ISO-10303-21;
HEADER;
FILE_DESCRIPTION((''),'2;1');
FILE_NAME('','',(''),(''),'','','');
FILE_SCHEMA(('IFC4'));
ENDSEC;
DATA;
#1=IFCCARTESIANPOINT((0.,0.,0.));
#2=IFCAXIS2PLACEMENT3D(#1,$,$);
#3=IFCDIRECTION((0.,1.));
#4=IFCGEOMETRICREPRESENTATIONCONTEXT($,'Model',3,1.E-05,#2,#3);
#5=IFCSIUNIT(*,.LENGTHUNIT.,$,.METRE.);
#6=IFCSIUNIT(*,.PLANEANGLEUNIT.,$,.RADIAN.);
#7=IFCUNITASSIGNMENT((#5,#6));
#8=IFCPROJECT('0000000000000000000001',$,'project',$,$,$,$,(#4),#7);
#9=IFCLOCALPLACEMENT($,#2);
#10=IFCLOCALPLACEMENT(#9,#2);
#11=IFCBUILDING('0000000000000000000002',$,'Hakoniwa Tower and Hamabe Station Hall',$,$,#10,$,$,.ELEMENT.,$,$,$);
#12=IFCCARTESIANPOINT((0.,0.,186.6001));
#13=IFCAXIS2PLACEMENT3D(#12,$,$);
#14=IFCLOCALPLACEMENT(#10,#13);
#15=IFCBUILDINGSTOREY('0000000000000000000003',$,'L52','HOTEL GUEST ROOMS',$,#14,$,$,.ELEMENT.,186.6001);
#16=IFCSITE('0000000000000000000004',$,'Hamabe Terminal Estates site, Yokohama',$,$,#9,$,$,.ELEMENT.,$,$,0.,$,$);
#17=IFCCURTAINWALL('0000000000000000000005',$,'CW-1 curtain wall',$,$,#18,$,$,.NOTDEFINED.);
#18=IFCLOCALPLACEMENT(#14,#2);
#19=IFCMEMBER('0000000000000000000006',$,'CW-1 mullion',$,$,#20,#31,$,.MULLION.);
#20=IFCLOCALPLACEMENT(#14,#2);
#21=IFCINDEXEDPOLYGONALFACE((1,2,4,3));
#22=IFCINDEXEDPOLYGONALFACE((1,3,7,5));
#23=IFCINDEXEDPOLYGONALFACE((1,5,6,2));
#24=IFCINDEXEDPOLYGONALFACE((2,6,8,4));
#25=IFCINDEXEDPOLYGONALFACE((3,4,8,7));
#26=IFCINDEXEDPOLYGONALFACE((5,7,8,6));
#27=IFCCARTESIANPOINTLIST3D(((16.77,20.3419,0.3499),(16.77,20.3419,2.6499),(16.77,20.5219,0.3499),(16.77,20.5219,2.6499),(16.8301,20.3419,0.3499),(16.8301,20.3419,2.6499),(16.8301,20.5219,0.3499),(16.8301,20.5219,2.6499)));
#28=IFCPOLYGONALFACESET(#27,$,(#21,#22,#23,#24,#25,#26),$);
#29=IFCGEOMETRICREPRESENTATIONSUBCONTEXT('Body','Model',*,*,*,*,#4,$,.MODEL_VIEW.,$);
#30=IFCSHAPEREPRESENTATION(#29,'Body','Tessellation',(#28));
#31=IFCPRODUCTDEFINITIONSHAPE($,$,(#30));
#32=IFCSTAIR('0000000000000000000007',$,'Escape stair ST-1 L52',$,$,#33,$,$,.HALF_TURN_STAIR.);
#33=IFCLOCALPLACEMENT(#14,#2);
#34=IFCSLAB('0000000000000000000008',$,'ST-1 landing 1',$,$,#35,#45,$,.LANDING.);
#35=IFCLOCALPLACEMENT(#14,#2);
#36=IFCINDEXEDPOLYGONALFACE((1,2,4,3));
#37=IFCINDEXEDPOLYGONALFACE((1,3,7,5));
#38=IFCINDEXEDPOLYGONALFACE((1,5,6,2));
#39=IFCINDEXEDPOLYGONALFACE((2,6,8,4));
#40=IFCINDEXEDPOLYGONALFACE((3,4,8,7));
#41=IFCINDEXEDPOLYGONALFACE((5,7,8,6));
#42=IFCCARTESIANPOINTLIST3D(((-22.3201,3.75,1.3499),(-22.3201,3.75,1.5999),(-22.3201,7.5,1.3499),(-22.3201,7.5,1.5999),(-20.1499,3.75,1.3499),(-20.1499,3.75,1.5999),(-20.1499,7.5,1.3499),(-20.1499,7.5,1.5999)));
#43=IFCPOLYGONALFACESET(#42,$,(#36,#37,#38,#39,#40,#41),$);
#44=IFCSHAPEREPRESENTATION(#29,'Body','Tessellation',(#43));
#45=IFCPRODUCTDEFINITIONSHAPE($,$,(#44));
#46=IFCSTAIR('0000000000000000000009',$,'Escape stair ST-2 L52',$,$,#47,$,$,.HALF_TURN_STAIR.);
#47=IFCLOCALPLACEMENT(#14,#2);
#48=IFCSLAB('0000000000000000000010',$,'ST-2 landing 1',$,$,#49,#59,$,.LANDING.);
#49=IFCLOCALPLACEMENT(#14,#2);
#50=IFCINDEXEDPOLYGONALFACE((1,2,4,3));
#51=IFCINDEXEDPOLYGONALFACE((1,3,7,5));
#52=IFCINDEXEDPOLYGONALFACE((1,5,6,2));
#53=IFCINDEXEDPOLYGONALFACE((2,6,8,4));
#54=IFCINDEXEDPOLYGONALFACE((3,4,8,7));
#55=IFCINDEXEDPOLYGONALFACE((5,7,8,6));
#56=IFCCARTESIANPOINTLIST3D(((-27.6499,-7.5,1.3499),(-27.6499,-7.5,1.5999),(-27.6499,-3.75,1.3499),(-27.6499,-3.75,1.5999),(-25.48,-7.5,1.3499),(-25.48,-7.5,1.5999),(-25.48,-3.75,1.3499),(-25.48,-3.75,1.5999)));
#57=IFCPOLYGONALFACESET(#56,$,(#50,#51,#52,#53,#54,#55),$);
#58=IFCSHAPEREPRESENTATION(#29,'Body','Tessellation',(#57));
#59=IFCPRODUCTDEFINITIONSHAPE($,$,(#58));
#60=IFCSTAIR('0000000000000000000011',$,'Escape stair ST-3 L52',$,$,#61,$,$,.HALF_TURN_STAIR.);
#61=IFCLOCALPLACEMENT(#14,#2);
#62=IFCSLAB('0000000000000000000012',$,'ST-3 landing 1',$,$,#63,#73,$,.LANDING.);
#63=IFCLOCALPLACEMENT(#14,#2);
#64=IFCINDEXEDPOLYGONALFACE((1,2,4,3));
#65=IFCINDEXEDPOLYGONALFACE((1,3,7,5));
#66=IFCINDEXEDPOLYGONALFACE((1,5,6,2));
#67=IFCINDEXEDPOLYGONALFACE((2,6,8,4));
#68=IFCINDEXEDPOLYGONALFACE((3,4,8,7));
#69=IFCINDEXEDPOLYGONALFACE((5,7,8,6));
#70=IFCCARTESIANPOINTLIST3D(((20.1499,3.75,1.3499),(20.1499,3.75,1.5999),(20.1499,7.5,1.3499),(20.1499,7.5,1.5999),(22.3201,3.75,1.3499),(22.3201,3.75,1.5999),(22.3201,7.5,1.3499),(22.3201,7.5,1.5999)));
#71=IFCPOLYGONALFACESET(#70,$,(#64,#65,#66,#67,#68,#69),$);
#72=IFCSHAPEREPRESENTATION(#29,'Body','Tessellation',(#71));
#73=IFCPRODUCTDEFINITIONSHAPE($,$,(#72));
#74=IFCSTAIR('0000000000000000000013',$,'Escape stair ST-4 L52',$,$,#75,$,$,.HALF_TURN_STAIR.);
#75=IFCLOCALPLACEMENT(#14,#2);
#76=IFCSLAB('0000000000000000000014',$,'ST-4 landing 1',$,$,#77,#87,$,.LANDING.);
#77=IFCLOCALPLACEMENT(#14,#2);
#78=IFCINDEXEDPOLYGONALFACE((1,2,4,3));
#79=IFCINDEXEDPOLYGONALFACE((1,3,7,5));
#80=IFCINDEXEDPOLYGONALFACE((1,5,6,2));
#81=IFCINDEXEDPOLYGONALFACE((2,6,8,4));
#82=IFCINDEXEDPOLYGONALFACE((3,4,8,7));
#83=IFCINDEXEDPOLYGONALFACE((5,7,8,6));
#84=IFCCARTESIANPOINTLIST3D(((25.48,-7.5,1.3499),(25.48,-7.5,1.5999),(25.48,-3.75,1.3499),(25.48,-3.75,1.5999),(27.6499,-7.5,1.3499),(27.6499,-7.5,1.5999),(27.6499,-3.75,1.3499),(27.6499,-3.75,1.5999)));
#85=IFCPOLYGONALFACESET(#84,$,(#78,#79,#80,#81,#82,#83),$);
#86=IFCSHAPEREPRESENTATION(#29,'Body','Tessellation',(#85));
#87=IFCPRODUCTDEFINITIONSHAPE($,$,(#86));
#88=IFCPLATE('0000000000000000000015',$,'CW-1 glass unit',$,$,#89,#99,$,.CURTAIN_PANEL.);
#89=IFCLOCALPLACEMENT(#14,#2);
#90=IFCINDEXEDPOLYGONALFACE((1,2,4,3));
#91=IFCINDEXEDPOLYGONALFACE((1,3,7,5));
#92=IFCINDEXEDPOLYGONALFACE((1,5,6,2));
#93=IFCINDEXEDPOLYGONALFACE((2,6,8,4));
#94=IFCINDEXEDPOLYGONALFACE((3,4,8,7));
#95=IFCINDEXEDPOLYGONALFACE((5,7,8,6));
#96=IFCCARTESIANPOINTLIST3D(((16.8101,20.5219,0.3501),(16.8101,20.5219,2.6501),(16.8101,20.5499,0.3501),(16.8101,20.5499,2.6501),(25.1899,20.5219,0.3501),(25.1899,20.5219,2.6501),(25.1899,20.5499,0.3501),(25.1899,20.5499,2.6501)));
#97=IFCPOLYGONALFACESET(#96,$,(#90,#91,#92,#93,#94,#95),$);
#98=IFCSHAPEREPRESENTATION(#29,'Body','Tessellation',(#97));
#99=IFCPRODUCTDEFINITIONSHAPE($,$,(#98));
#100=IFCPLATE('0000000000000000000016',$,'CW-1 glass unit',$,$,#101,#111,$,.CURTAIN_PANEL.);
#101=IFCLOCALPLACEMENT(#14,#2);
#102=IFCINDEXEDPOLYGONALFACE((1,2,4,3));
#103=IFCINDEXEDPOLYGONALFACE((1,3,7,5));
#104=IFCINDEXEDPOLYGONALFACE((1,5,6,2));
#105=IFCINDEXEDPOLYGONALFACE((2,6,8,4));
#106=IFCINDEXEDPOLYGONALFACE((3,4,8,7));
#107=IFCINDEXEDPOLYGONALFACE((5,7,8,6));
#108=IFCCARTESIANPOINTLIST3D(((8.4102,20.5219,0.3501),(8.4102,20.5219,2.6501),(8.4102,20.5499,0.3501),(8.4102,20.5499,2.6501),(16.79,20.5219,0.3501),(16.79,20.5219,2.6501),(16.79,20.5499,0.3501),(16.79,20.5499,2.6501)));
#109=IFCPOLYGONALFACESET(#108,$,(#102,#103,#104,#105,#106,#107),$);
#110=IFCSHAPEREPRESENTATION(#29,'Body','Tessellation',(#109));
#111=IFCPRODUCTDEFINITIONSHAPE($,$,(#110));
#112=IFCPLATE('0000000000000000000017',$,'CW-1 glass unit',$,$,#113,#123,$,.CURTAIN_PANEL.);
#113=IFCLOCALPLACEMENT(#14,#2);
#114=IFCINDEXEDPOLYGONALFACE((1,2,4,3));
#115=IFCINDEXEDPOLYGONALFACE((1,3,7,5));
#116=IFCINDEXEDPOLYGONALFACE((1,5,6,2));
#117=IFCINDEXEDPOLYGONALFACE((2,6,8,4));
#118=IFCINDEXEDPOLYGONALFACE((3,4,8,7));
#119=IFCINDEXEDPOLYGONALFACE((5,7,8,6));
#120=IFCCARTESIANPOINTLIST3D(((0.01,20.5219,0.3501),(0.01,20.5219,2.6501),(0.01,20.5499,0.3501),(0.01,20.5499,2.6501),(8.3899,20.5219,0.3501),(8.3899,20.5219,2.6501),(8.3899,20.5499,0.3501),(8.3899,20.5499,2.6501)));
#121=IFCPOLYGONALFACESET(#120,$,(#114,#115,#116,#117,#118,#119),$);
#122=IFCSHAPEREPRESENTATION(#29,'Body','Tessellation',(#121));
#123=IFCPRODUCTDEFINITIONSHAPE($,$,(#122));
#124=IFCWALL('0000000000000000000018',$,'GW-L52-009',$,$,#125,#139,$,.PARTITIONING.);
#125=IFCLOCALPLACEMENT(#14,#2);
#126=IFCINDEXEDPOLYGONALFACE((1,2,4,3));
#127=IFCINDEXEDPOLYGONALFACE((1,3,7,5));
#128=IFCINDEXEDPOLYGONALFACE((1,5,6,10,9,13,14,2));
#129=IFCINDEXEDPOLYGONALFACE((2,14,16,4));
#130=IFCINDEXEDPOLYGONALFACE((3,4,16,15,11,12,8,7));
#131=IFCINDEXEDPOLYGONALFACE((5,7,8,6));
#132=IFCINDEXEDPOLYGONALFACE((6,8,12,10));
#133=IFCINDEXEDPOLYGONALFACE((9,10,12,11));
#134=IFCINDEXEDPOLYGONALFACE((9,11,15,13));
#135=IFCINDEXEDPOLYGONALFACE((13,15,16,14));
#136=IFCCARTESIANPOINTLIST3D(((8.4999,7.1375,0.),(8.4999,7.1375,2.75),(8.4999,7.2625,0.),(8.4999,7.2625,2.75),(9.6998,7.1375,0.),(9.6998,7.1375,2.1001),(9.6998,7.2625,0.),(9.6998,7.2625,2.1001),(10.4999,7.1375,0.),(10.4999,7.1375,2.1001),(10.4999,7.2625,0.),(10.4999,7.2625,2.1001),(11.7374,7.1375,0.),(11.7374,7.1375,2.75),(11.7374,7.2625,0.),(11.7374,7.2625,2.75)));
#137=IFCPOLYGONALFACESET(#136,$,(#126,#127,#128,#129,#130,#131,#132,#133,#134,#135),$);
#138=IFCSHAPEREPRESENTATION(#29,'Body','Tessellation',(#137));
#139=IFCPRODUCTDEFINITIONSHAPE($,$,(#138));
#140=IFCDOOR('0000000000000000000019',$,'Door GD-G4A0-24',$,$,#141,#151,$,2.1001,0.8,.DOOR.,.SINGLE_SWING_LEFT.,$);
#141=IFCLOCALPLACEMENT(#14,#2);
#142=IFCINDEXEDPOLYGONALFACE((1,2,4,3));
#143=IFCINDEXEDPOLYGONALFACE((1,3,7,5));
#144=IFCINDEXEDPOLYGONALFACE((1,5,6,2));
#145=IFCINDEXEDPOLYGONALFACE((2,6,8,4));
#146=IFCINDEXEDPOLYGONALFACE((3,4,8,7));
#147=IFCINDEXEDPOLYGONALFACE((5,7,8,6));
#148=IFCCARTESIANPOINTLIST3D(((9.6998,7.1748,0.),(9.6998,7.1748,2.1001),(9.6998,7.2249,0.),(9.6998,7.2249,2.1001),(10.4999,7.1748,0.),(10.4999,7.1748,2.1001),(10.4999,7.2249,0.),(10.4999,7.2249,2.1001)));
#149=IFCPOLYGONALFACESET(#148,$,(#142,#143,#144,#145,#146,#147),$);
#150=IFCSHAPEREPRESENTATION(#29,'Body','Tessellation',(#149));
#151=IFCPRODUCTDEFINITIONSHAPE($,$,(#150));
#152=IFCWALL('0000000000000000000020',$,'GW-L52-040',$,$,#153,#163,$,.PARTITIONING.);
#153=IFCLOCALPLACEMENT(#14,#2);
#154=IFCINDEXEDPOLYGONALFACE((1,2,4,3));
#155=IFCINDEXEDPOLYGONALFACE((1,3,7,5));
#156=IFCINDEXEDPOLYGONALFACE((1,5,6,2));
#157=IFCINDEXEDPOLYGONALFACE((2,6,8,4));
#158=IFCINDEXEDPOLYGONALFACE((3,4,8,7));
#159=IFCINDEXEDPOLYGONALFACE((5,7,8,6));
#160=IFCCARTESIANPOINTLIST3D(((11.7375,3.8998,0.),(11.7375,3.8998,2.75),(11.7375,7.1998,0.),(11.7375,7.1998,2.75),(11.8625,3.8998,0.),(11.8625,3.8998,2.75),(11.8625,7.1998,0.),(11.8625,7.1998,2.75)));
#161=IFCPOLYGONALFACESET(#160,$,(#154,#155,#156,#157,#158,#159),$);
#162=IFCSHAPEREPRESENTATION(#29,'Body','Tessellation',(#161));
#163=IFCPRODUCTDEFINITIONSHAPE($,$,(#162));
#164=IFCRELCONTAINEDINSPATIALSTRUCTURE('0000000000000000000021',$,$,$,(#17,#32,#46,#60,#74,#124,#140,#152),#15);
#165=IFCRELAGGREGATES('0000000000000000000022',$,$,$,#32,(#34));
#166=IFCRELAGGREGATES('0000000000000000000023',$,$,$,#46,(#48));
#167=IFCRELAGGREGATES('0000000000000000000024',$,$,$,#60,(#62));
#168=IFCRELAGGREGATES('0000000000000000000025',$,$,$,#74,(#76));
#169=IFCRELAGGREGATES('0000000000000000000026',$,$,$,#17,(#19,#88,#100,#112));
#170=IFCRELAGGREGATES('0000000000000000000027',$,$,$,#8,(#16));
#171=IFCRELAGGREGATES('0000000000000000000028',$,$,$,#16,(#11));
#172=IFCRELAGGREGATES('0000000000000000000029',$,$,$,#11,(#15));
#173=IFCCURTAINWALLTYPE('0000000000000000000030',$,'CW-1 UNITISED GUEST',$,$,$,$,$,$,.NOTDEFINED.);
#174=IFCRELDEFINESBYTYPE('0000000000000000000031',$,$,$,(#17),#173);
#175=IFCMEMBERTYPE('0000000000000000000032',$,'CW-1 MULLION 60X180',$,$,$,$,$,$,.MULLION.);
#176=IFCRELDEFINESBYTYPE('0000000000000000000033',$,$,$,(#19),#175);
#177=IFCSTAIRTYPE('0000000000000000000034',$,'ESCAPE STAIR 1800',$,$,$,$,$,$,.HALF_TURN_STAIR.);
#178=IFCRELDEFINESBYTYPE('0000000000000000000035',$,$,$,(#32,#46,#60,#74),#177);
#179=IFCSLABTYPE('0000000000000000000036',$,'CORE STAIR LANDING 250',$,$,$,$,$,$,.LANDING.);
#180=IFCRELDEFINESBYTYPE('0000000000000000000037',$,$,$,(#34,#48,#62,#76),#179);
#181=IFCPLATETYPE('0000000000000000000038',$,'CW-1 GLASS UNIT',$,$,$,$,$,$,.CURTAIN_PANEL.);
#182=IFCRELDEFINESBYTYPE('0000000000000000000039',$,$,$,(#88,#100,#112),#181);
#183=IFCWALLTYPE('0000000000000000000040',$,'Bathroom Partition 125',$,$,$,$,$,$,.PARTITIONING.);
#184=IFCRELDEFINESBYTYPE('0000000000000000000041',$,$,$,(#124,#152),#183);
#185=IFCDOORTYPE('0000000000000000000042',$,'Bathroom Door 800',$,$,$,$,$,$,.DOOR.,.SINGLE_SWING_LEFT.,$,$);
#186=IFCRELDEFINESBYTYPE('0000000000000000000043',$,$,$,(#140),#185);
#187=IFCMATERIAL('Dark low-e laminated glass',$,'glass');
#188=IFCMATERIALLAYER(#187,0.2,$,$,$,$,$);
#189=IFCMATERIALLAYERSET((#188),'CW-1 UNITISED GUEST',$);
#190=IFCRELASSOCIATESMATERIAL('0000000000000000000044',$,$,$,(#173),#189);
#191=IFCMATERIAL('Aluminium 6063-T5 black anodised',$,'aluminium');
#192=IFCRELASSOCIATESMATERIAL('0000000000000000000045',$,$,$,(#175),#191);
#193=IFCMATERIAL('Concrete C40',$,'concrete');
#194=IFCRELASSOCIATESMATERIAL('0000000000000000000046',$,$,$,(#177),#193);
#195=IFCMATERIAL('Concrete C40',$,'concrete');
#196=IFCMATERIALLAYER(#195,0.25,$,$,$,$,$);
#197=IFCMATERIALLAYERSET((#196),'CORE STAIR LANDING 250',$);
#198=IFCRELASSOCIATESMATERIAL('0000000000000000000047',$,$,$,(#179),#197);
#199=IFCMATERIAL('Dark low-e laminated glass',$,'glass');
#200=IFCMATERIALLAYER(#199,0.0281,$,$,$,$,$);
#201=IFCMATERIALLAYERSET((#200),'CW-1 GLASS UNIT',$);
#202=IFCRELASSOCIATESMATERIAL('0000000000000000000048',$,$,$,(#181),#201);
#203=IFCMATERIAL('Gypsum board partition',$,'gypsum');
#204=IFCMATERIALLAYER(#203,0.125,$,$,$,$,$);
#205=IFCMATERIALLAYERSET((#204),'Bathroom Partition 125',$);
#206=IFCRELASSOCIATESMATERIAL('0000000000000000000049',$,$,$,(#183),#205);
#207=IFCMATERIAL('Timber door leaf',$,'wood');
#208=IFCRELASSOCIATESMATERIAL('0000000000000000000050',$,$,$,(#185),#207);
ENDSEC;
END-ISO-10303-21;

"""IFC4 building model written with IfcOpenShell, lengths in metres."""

from ifc_helpers import new_model, si_unit, direction, frame, frame_2d, origin, origin_2d, place, context, subcontext, project, spatial, polyline, rectangle, outline, extrude, material, layer, layer_set, material_profile, profile_set, type_object, element, fill, aggregate, save


model = new_model("IFC4")

# Units and contexts
model_context = context("Model", 3, precision=1e-05, world=origin(), true_north=direction((0.0, 1.0)))
body_context = subcontext(model_context, "Body", "Model", "MODEL_VIEW")
ifc_project = project(units=[si_unit("LENGTHUNIT", "METRE"), si_unit("PLANEANGLEUNIT", "RADIAN")], contexts=[model_context])

# Site, building, storey
site_placement = place(None, origin())
site = spatial("IfcSite", under=ifc_project, at=site_placement, Name="Hamabe Terminal Estates site, Yokohama", CompositionType="ELEMENT", RefElevation=0.0)
building_placement = place(site_placement, origin())
building = spatial("IfcBuilding", under=site, at=building_placement, Name="Hakoniwa Tower and Hamabe Station Hall", CompositionType="ELEMENT")
storey_placement = place(building_placement, frame((0.0, 0.0, 186.6001)))
storey = spatial("IfcBuildingStorey", under=building, at=storey_placement, Name="L52", Description="HOTEL GUEST ROOMS", CompositionType="ELEMENT", Elevation=186.6001)

# Curtain wall, member
ifc_material_1 = material(Name="Dark low-e laminated glass", Category="glass")
ifc_layer_1 = layer(ifc_material_1, 0.2)
ifc_layer_set_1 = layer_set([ifc_layer_1], Name="CW-1 UNITISED GUEST")
curtain_wall_type = type_object("IfcCurtainWallType", Name="CW-1 UNITISED GUEST", PredefinedType="NOTDEFINED", material=ifc_layer_set_1)
curtain_wall_1_placement = place(storey_placement, origin())
curtain_wall_1 = element("IfcCurtainWall", 1, at=curtain_wall_1_placement, inside=storey, type_object=curtain_wall_type, Name="CW-1 curtain wall", PredefinedType="NOTDEFINED")
ifc_material_2 = material(Name="Aluminium 6063-T5 black anodised", Category="aluminium")
ifc_material_profile_1 = material_profile(ifc_material_2, rectangle(XDim=0.0601, YDim=0.1799, at=origin_2d()), Name="CW-1 MULLION 60X180")
ifc_profile_set_1 = profile_set([ifc_material_profile_1], Name="Aluminium 6063-T5 black anodised")
member_type_1 = type_object("IfcMemberType", Name="CW-1 MULLION 60X180", PredefinedType="MULLION", material=ifc_profile_set_1)
member_1_placement = place(storey_placement, frame((16.8, 20.4319, 0.3499), z_axis=(0.0, 0.0, 1.0), x_axis=(-1.0, 0.0, 0.0)))
member_1 = element("IfcMember", 2, at=member_1_placement, type_object=member_type_1, Name="CW-1 mullion", PredefinedType="MULLION", context=body_context, shape_type="SweptSolid", body=[
    extrude(rectangle(XDim=0.0601, YDim=0.1799, at=origin_2d()), origin(), (0.0, 0.0, 1.0), 2.3),
])

# Stairs, slabs
ifc_material_3 = material(Name="Concrete C40", Category="concrete")
stair_type = type_object("IfcStairType", Name="ESCAPE STAIR 1800", PredefinedType="HALF_TURN_STAIR", material=ifc_material_3)
stair_1_placement = place(storey_placement, origin())
stair_1 = element("IfcStair", 3, at=stair_1_placement, inside=storey, type_object=stair_type, Name="Escape stair ST-1 L52", PredefinedType="HALF_TURN_STAIR")
ifc_material_4 = material(Name="Concrete C40", Category="concrete")
ifc_layer_2 = layer(ifc_material_4, 0.25)
ifc_layer_set_2 = layer_set([ifc_layer_2], Name="CORE STAIR LANDING 250")
slab_type = type_object("IfcSlabType", Name="CORE STAIR LANDING 250", PredefinedType="LANDING", material=ifc_layer_set_2)
slab_1_placement = place(storey_placement, frame((0.0, 0.0, 1.3499)))
slab_1 = element("IfcSlab", 4, at=slab_1_placement, type_object=slab_type, Name="ST-1 landing 1", PredefinedType="LANDING", context=body_context, shape_type="SweptSolid", body=[
    extrude(outline(polyline([(-22.3201, 3.75), (-20.1499, 3.75), (-20.1499, 7.5), (-22.3201, 7.5), (-22.3201, 3.75)])), origin(), (0.0, 0.0, 1.0), 0.25),
])
aggregate(stair_1, [slab_1])
stair_2_placement = place(storey_placement, origin())
stair_2 = element("IfcStair", 5, at=stair_2_placement, inside=storey, type_object=stair_type, Name="Escape stair ST-2 L52", PredefinedType="HALF_TURN_STAIR")
slab_2_placement = place(storey_placement, frame((0.0, 0.0, 1.3499)))
slab_2 = element("IfcSlab", 6, at=slab_2_placement, type_object=slab_type, Name="ST-2 landing 1", PredefinedType="LANDING", context=body_context, shape_type="SweptSolid", body=[
    extrude(outline(polyline([(-25.48, -7.5), (-27.6499, -7.5), (-27.6499, -3.75), (-25.48, -3.75), (-25.48, -7.5)])), origin(), (0.0, 0.0, 1.0), 0.25),
])
aggregate(stair_2, [slab_2])
stair_3_placement = place(storey_placement, origin())
stair_3 = element("IfcStair", 7, at=stair_3_placement, inside=storey, type_object=stair_type, Name="Escape stair ST-3 L52", PredefinedType="HALF_TURN_STAIR")
slab_3_placement = place(storey_placement, frame((0.0, 0.0, 1.3499)))
slab_3 = element("IfcSlab", 8, at=slab_3_placement, type_object=slab_type, Name="ST-3 landing 1", PredefinedType="LANDING", context=body_context, shape_type="SweptSolid", body=[
    extrude(outline(polyline([(22.3201, 3.75), (20.1499, 3.75), (20.1499, 7.5), (22.3201, 7.5), (22.3201, 3.75)])), origin(), (0.0, 0.0, 1.0), 0.25),
])
aggregate(stair_3, [slab_3])
stair_4_placement = place(storey_placement, origin())
stair_4 = element("IfcStair", 9, at=stair_4_placement, inside=storey, type_object=stair_type, Name="Escape stair ST-4 L52", PredefinedType="HALF_TURN_STAIR")
slab_4_placement = place(storey_placement, frame((0.0, 0.0, 1.3499)))
slab_4 = element("IfcSlab", 10, at=slab_4_placement, type_object=slab_type, Name="ST-4 landing 1", PredefinedType="LANDING", context=body_context, shape_type="SweptSolid", body=[
    extrude(outline(polyline([(25.48, -7.5), (27.6499, -7.5), (27.6499, -3.75), (25.48, -3.75), (25.48, -7.5)])), origin(), (0.0, 0.0, 1.0), 0.25),
])
aggregate(stair_4, [slab_4])

# Plates
ifc_material_5 = material(Name="Dark low-e laminated glass", Category="glass")
ifc_layer_3 = layer(ifc_material_5, 0.0281)
ifc_layer_set_3 = layer_set([ifc_layer_3], Name="CW-1 GLASS UNIT")
plate_type = type_object("IfcPlateType", Name="CW-1 GLASS UNIT", PredefinedType="CURTAIN_PANEL", material=ifc_layer_set_3)
plate_1_placement = place(storey_placement, frame((21.0, 20.5359, 0.3501), z_axis=(0.0, 0.0, 1.0), x_axis=(-1.0, 0.0, 0.0)))
plate_1 = element("IfcPlate", 11, at=plate_1_placement, type_object=plate_type, Name="CW-1 glass unit", PredefinedType="CURTAIN_PANEL", context=body_context, shape_type="SweptSolid", body=[
    extrude(rectangle(XDim=8.3799, YDim=0.0281, at=origin_2d()), origin(), (0.0, 0.0, 1.0), 2.3),
])
plate_2_placement = place(storey_placement, frame((12.6001, 20.5359, 0.3501), z_axis=(0.0, 0.0, 1.0), x_axis=(-1.0, 0.0, 0.0)))
plate_2 = element("IfcPlate", 12, at=plate_2_placement, type_object=plate_type, Name="CW-1 glass unit", PredefinedType="CURTAIN_PANEL", context=body_context, shape_type="SweptSolid", body=[
    extrude(rectangle(XDim=8.3799, YDim=0.0281, at=origin_2d()), origin(), (0.0, 0.0, 1.0), 2.3),
])
plate_3_placement = place(storey_placement, frame((4.2, 20.5359, 0.3501), z_axis=(0.0, 0.0, 1.0), x_axis=(-1.0, 0.0, 0.0)))
plate_3 = element("IfcPlate", 13, at=plate_3_placement, type_object=plate_type, Name="CW-1 glass unit", PredefinedType="CURTAIN_PANEL", context=body_context, shape_type="SweptSolid", body=[
    extrude(rectangle(XDim=8.3799, YDim=0.0281, at=origin_2d()), origin(), (0.0, 0.0, 1.0), 2.3),
])
aggregate(curtain_wall_1, [member_1, plate_1, plate_2, plate_3])

# Wall, opening, door
ifc_material_6 = material(Name="Gypsum board partition", Category="gypsum")
ifc_layer_4 = layer(ifc_material_6, 0.125)
ifc_layer_set_4 = layer_set([ifc_layer_4], Name="Bathroom Partition 125")
wall_type_1 = type_object("IfcWallType", Name="Bathroom Partition 125", PredefinedType="PARTITIONING", material=ifc_layer_set_4)
wall_1_placement = place(storey_placement, frame((8.5, 7.2, 0.0), z_axis=(0.0, 0.0, 1.0), x_axis=(1.0, 0.0, 0.0)))
wall_1 = element("IfcWall", 14, at=wall_1_placement, inside=storey, type_object=wall_type_1, Name="GW-L52-009", PredefinedType="PARTITIONING", context=body_context, shape_type="SweptSolid", body=[
    extrude(rectangle(XDim=3.2375, YDim=0.125, at=frame_2d((1.6187, 0.0))), origin(), (0.0, 0.0, 1.0), 2.75),
])
opening_1_placement = place(wall_1_placement, frame((1.2, 0.0, 0.0)))
opening_1 = element("IfcOpeningElement", 15, at=opening_1_placement, cuts=wall_1, PredefinedType="OPENING", context=body_context, shape_type="SweptSolid", body=[
    extrude(rectangle(XDim=0.8, YDim=2.1001, at=frame_2d((0.3999, 1.05))), frame((0.0, 0.0725, 0.0), z_axis=(0.0, -1.0, 0.0), x_axis=(1.0, 0.0, 0.0)), (0.0, 0.0, 1.0), 0.145),
])
ifc_material_7 = material(Name="Timber door leaf", Category="wood")
door_type_1 = type_object("IfcDoorType", Name="Bathroom Door 800", OperationType="SINGLE_SWING_LEFT", PredefinedType="DOOR", material=ifc_material_7)
door_1_placement = place(opening_1_placement, origin())
door_1 = element("IfcDoor", 16, at=door_1_placement, inside=storey, type_object=door_type_1, Name="Door GD-G4A0-24", OperationType="SINGLE_SWING_LEFT", OverallHeight=2.1001, OverallWidth=0.8, PredefinedType="DOOR", context=body_context, shape_type="SweptSolid", body=[
    extrude(rectangle(XDim=0.8, YDim=2.1001, at=frame_2d((0.3999, 1.05))), frame((0.0, 0.0249, 0.0), z_axis=(0.0, -1.0, 0.0), x_axis=(1.0, 0.0, 0.0)), (0.0, 0.0, 1.0), 0.05),
])
fill(opening_1, door_1)

# Wall
wall_2_placement = place(storey_placement, frame((11.8, 3.8999, 0.0), z_axis=(0.0, 0.0, 1.0), x_axis=(0.0, 1.0, 0.0)))
element("IfcWall", 17, at=wall_2_placement, inside=storey, type_object=wall_type_1, Name="GW-L52-040", PredefinedType="PARTITIONING", context=body_context, shape_type="SweptSolid", body=[
    extrude(rectangle(XDim=3.3, YDim=0.125, at=frame_2d((1.6499, 0.0))), origin(), (0.0, 0.0, 1.0), 2.75),
])

save(model, "model.ifc")
